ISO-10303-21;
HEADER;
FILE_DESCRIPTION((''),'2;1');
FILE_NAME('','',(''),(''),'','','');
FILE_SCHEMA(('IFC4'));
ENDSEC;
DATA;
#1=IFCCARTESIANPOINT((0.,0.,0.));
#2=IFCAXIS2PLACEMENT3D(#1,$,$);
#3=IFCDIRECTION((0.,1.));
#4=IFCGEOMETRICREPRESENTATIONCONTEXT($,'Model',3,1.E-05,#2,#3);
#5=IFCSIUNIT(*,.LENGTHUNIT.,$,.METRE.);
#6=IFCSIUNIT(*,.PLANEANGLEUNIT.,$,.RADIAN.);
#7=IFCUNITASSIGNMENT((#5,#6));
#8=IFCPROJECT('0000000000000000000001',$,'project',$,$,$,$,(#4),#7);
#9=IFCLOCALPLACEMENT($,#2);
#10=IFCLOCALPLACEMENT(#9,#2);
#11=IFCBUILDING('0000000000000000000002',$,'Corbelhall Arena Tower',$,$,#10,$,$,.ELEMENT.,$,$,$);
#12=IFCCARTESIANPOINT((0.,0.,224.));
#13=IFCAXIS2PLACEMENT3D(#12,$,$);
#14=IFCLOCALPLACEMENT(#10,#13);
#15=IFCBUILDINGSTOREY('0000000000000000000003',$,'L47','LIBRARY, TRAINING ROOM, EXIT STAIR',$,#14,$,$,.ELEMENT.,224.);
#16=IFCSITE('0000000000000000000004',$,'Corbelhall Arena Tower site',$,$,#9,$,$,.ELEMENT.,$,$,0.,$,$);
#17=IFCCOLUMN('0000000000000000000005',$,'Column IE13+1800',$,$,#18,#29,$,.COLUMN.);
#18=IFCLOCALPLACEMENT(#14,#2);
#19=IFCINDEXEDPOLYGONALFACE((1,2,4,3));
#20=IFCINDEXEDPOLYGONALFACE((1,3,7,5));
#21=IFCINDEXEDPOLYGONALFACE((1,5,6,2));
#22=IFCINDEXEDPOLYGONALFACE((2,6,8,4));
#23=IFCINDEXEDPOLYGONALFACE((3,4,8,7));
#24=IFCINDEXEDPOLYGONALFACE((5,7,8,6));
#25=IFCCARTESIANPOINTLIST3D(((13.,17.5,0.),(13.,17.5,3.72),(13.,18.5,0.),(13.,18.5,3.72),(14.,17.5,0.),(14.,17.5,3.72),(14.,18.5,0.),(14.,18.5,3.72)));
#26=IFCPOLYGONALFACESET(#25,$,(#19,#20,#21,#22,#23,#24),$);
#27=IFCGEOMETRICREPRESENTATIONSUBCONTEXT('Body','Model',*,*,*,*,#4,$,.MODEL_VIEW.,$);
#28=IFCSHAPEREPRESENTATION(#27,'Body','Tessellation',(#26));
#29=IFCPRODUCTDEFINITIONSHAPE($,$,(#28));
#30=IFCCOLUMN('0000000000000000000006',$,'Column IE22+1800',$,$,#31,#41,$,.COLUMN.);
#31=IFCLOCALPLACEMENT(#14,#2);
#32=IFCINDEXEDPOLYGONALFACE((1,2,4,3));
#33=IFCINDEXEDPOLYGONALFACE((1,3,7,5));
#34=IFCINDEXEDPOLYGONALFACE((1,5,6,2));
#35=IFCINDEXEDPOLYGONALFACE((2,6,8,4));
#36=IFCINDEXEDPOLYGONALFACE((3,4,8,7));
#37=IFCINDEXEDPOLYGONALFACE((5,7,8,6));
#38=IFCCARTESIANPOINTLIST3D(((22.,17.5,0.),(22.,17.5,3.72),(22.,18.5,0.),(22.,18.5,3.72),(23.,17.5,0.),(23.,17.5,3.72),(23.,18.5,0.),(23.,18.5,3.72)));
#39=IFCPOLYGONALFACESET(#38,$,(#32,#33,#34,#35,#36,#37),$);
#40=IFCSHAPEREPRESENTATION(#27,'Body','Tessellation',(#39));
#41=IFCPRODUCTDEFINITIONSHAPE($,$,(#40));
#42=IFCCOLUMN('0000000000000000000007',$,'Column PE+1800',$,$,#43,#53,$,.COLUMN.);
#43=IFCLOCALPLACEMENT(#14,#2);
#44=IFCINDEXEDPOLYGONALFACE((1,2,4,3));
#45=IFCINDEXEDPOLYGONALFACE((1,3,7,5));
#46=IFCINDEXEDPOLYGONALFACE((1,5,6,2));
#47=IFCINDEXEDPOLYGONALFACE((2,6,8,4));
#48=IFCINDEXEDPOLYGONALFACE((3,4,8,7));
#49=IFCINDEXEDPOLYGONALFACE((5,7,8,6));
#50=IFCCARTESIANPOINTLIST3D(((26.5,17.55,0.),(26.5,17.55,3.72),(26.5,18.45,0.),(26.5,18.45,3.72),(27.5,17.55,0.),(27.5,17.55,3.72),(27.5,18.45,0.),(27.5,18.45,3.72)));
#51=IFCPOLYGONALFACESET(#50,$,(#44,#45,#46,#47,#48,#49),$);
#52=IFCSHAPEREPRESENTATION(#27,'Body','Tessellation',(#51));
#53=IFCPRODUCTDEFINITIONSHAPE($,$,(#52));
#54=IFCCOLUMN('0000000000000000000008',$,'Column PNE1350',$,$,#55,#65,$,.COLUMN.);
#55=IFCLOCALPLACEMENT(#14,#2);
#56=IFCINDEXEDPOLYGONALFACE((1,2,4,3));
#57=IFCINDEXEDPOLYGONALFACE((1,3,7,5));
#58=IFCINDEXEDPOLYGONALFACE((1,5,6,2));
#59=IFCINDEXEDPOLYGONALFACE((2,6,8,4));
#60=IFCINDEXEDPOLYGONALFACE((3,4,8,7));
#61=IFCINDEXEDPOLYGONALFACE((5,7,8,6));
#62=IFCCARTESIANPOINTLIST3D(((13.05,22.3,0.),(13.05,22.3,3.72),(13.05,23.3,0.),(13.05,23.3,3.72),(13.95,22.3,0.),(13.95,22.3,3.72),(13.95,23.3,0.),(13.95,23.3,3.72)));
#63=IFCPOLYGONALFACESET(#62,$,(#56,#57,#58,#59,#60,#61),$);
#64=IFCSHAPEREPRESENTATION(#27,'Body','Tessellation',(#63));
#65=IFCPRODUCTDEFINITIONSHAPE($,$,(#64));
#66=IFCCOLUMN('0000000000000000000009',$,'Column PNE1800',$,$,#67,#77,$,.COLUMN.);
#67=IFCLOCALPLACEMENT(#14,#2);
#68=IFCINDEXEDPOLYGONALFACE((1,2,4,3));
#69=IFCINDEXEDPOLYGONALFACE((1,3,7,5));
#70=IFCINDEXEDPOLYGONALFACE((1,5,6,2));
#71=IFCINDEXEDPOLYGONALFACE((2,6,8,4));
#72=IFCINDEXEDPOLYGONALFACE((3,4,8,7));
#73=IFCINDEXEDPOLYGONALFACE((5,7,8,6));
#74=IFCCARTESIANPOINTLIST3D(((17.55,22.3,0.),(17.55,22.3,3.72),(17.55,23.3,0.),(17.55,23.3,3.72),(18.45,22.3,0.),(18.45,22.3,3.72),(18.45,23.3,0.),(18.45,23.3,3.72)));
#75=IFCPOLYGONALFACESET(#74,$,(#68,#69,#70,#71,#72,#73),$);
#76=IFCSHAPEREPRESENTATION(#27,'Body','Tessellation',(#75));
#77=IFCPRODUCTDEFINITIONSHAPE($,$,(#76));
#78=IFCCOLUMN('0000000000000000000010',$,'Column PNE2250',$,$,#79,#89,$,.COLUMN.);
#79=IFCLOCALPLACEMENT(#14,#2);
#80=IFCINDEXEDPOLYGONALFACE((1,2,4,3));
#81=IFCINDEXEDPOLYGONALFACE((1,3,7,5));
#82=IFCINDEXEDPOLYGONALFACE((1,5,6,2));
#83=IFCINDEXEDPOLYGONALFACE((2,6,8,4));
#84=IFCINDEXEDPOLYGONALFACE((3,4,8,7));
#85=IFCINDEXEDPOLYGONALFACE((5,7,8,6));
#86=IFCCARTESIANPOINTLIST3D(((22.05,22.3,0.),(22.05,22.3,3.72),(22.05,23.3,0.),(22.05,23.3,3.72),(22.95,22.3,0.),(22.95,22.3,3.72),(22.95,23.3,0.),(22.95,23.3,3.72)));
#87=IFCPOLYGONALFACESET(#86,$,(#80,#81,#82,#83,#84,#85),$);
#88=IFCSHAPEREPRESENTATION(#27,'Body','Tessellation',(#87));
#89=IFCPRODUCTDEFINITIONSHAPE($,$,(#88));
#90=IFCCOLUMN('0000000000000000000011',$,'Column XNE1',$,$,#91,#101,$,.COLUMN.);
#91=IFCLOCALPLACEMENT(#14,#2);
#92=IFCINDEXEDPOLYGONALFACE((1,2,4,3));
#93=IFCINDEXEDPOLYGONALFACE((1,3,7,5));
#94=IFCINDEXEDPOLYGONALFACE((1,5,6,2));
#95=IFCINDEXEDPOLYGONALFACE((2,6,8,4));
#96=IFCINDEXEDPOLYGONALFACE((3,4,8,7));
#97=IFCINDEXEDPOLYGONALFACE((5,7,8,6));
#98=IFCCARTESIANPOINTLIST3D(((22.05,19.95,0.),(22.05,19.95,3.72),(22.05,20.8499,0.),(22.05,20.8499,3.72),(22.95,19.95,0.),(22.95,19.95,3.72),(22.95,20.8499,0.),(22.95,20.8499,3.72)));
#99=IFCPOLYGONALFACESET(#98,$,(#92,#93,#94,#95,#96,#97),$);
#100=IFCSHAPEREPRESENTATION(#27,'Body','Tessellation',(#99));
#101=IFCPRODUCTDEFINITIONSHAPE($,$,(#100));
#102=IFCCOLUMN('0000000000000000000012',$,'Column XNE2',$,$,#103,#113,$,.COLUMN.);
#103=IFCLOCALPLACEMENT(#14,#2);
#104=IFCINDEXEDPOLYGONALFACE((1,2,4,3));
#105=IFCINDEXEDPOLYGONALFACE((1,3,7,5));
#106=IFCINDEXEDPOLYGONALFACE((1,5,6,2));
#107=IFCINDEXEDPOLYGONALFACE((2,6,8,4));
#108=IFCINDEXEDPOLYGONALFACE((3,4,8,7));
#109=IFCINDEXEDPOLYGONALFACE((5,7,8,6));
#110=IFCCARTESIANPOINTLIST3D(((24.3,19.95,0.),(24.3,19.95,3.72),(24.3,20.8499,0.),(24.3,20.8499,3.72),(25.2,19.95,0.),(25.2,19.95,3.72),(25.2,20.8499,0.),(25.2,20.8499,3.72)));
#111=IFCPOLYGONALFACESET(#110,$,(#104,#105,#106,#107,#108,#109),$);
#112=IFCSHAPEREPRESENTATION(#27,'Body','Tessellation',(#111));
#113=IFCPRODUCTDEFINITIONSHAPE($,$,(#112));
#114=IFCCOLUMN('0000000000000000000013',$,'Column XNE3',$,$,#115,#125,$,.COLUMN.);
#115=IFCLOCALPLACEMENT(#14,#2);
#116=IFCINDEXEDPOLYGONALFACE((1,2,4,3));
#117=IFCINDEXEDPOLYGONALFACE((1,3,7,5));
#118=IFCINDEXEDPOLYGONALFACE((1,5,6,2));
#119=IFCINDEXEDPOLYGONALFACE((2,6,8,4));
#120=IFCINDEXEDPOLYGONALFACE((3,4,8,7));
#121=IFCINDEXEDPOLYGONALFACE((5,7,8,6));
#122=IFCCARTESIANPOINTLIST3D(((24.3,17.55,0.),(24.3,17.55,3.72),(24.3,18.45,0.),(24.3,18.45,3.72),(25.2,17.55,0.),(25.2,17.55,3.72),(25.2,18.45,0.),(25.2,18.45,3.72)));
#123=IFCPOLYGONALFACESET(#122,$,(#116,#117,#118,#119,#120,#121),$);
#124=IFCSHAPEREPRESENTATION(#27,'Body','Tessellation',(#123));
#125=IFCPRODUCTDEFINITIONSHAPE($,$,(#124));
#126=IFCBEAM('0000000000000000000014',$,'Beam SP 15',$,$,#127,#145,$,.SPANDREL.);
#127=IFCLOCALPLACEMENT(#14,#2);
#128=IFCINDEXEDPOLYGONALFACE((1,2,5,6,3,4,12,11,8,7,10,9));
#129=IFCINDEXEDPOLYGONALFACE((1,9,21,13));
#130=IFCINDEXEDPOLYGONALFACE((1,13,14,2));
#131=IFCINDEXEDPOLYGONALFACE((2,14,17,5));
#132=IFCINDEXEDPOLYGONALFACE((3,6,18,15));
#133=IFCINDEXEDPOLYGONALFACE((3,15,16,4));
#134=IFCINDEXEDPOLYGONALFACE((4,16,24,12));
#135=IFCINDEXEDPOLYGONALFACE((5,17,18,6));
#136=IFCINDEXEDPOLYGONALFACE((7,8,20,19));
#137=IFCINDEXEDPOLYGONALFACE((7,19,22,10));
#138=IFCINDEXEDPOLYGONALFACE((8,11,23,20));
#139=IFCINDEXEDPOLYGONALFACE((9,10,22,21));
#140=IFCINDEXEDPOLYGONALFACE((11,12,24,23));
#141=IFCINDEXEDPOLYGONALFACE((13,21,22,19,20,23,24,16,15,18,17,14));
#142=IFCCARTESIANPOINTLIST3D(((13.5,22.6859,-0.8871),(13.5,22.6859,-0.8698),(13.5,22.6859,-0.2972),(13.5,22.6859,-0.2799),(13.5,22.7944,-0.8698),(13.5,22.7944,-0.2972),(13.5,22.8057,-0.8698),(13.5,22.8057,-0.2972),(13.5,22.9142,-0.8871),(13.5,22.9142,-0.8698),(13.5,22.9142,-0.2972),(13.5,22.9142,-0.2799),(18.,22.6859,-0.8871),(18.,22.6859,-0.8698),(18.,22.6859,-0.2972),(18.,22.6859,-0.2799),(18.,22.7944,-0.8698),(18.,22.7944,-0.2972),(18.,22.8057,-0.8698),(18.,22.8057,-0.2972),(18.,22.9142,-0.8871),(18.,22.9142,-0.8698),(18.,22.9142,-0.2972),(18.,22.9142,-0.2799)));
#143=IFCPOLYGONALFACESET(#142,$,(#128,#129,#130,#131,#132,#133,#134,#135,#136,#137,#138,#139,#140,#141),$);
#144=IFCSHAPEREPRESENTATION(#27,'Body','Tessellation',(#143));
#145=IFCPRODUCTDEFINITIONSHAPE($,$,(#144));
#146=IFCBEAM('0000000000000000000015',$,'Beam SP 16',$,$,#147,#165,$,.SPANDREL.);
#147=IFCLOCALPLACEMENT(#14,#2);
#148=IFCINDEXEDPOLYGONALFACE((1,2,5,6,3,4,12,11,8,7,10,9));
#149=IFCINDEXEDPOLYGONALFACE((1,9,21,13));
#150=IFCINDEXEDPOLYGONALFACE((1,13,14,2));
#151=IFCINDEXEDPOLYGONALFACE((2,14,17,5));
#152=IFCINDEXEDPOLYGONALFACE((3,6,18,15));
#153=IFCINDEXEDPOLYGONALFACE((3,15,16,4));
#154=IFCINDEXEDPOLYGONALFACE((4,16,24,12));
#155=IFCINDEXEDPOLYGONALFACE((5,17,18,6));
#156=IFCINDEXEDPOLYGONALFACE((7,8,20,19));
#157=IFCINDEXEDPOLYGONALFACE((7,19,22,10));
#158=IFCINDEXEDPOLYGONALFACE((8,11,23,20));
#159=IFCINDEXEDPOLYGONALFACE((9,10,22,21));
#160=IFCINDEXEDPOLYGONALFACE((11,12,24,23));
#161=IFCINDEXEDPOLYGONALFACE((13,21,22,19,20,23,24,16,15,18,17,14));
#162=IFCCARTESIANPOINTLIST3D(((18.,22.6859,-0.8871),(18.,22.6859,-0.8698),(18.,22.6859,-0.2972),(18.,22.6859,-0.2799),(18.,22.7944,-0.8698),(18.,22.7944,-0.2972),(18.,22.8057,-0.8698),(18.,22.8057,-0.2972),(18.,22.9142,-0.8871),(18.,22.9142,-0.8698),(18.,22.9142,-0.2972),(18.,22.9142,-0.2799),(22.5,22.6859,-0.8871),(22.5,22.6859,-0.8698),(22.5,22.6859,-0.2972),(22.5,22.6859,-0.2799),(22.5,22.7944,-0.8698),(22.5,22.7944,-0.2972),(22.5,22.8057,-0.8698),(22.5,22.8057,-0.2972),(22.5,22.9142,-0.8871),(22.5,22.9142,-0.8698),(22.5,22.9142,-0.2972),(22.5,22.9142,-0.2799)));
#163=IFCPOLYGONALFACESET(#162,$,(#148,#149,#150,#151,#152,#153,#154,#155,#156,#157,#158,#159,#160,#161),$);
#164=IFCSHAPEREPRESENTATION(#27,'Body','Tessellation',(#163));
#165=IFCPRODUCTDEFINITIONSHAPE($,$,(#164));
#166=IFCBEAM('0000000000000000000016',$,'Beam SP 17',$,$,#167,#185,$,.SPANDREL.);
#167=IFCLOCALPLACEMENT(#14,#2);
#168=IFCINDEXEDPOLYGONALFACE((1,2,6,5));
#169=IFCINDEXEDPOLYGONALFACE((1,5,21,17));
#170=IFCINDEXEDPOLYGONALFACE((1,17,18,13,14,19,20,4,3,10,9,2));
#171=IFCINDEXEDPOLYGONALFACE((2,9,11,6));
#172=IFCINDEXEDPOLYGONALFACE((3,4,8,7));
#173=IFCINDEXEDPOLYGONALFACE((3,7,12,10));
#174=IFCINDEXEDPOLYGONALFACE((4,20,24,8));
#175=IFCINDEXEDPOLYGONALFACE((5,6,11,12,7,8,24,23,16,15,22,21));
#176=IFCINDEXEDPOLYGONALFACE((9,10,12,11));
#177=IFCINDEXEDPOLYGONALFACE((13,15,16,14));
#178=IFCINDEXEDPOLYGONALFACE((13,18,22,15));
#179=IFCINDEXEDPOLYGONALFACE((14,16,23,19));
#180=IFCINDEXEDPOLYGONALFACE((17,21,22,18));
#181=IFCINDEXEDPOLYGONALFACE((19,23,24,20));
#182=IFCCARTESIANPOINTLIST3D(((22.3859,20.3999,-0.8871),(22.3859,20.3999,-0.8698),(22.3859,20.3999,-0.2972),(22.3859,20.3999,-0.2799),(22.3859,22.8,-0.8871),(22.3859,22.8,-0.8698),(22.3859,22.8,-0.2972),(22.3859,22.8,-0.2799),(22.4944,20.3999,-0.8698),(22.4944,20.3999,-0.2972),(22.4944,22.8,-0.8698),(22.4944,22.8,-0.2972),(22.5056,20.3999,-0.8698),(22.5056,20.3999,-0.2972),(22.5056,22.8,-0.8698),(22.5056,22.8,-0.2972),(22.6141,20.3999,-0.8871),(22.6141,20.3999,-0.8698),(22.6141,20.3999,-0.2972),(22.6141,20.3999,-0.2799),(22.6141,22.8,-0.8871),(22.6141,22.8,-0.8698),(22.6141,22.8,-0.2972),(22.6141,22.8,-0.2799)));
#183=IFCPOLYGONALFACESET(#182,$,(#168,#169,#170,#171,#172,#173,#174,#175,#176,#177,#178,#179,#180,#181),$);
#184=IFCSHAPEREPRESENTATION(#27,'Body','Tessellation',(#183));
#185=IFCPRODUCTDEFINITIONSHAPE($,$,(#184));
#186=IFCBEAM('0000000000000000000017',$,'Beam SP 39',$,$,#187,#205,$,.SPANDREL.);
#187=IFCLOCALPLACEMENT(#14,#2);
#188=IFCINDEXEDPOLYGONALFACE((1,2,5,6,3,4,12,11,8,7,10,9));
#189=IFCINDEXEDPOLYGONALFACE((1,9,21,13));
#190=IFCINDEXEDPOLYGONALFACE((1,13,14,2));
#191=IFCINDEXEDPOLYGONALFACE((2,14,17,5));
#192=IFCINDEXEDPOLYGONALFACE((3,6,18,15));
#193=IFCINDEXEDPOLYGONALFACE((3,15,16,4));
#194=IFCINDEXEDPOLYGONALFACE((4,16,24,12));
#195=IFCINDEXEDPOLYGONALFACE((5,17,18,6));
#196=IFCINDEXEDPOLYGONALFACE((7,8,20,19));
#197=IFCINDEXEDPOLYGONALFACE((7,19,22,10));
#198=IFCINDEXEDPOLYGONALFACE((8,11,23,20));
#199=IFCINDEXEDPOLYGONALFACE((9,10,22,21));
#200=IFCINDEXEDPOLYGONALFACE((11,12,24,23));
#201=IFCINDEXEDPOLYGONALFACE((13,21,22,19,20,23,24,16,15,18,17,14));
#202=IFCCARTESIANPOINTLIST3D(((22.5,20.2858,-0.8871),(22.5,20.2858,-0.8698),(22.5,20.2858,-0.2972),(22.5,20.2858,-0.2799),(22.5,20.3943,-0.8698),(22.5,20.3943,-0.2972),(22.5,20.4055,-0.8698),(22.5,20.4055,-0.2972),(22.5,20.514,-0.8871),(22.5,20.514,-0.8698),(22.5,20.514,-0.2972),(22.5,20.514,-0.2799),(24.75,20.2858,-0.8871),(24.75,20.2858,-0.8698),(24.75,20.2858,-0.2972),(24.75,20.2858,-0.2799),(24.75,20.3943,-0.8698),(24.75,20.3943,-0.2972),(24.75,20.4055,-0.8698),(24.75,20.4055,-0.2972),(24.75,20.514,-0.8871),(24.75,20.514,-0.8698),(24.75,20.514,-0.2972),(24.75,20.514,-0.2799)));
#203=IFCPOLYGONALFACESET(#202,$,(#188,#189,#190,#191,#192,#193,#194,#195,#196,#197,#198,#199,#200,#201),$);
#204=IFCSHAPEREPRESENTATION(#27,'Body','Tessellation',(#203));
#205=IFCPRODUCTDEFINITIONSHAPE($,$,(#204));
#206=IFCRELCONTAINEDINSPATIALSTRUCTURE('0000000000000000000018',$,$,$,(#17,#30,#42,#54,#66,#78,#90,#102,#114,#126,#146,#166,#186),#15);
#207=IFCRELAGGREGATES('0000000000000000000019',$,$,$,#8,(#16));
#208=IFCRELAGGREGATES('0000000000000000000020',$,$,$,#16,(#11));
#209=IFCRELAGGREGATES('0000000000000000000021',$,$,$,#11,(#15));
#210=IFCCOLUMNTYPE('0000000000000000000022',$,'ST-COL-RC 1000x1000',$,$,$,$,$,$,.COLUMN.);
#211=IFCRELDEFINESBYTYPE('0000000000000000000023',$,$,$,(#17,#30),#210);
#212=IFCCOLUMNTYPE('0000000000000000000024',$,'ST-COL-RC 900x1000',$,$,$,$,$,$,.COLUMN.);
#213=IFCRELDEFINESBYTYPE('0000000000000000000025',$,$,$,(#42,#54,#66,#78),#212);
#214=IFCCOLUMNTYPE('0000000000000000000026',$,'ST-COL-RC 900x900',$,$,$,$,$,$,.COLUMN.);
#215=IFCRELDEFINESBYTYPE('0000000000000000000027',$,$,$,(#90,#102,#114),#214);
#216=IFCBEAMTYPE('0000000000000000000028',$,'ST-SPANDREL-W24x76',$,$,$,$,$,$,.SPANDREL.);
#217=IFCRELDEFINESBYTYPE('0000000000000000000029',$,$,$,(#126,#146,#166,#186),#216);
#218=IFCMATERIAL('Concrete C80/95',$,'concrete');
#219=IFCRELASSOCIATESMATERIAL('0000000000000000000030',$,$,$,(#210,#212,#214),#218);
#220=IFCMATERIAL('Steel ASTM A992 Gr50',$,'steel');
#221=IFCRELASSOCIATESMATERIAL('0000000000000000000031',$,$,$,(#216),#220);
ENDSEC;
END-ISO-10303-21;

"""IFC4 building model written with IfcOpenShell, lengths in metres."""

from ifc_helpers import new_model, si_unit, direction, frame, origin, origin_2d, place, context, subcontext, project, spatial, rectangle, i_section, extrude, material, material_profile, profile_set, type_object, element, save


model = new_model("IFC4")

# Units and contexts
model_context = context("Model", 3, precision=1e-05, world=origin(), true_north=direction((0.0, 1.0)))
body_context = subcontext(model_context, "Body", "Model", "MODEL_VIEW")
ifc_project = project(units=[si_unit("LENGTHUNIT", "METRE"), si_unit("PLANEANGLEUNIT", "RADIAN")], contexts=[model_context])

# Site, building, storey
site_placement = place(None, origin())
site = spatial("IfcSite", under=ifc_project, at=site_placement, Name="Corbelhall Arena Tower site", CompositionType="ELEMENT", RefElevation=0.0)
building_placement = place(site_placement, origin())
building = spatial("IfcBuilding", under=site, at=building_placement, Name="Corbelhall Arena Tower", CompositionType="ELEMENT")
storey_placement = place(building_placement, frame((0.0, 0.0, 224.0)))
storey = spatial("IfcBuildingStorey", under=building, at=storey_placement, Name="L47", Description="LIBRARY, TRAINING ROOM, EXIT STAIR", CompositionType="ELEMENT", Elevation=224.0)

# Columns
ifc_material_1 = material(Name="Concrete C80/95", Category="concrete")
ifc_material_profile_1 = material_profile(ifc_material_1, rectangle(XDim=1.0, YDim=1.0, at=origin_2d()))
ifc_profile_set_1 = profile_set([ifc_material_profile_1], Name="Concrete C80/95")
column_type_1 = type_object("IfcColumnType", Name="ST-COL-RC 1000x1000", PredefinedType="COLUMN", material=ifc_profile_set_1)
for number, where, z_axis, x_axis, name in (
    (1, (13.5, 18.0, 0.0), (0.0, 0.0, 1.0), (1.0, 0.0, 0.0), "Column IE13+1800"),
    (2, (22.5, 18.0, 0.0), (0.0, 0.0, 1.0), (1.0, 0.0, 0.0), "Column IE22+1800"),
):
    element("IfcColumn", number, at=place(storey_placement, frame(where, z_axis=z_axis, x_axis=x_axis)), inside=storey, type_object=column_type_1, Name=name, PredefinedType="COLUMN", context=body_context, shape_type="SweptSolid", body=[
        extrude(rectangle(XDim=1.0, YDim=1.0, at=origin_2d()), origin(), (0.0, 0.0, 1.0), 3.72),
    ])
ifc_material_profile_2 = material_profile(ifc_material_1, rectangle(XDim=0.8999, YDim=1.0, at=origin_2d()))
ifc_profile_set_2 = profile_set([ifc_material_profile_2], Name="Concrete C80/95")
column_type_2 = type_object("IfcColumnType", Name="ST-COL-RC 900x1000", PredefinedType="COLUMN", material=ifc_profile_set_2)
for number, where, z_axis, x_axis, name in (
    (3, (27.0, 18.0, 0.0), (0.0, 0.0, 1.0), (0.0, 1.0, 0.0), "Column PE+1800"),
    (4, (13.5, 22.8, 0.0), (0.0, 0.0, 1.0), (1.0, 0.0, 0.0), "Column PNE1350"),
    (5, (18.0, 22.8, 0.0), (0.0, 0.0, 1.0), (1.0, 0.0, 0.0), "Column PNE1800"),
    (6, (22.5, 22.8, 0.0), (0.0, 0.0, 1.0), (1.0, 0.0, 0.0), "Column PNE2250"),
):
    element("IfcColumn", number, at=place(storey_placement, frame(where, z_axis=z_axis, x_axis=x_axis)), inside=storey, type_object=column_type_2, Name=name, PredefinedType="COLUMN", context=body_context, shape_type="SweptSolid", body=[
        extrude(rectangle(XDim=0.8999, YDim=1.0, at=origin_2d()), origin(), (0.0, 0.0, 1.0), 3.72),
    ])
ifc_material_profile_3 = material_profile(ifc_material_1, rectangle(XDim=0.8999, YDim=0.8999, at=origin_2d()))
ifc_profile_set_3 = profile_set([ifc_material_profile_3], Name="Concrete C80/95")
column_type_3 = type_object("IfcColumnType", Name="ST-COL-RC 900x900", PredefinedType="COLUMN", material=ifc_profile_set_3)
for number, where, z_axis, x_axis, name in (
    (7, (22.5, 20.3999, 0.0), (0.0, 0.0, 1.0), (1.0, 0.0, 0.0), "Column XNE1"),
    (8, (24.75, 20.3999, 0.0), (0.0, 0.0, 1.0), (1.0, 0.0, 0.0), "Column XNE2"),
    (9, (24.75, 18.0, 0.0), (0.0, 0.0, 1.0), (1.0, 0.0, 0.0), "Column XNE3"),
):
    element("IfcColumn", number, at=place(storey_placement, frame(where, z_axis=z_axis, x_axis=x_axis)), inside=storey, type_object=column_type_3, Name=name, PredefinedType="COLUMN", context=body_context, shape_type="SweptSolid", body=[
        extrude(rectangle(XDim=0.8999, YDim=0.8999, at=origin_2d()), origin(), (0.0, 0.0, 1.0), 3.72),
    ])

# Beams
ifc_material_2 = material(Name="Steel ASTM A992 Gr50", Category="steel")
ifc_material_profile_4 = material_profile(ifc_material_2, i_section(OverallWidth=0.2283, OverallDepth=0.6072, WebThickness=0.0112, FlangeThickness=0.0173, at=origin_2d()))
ifc_profile_set_4 = profile_set([ifc_material_profile_4], Name="Steel ASTM A992 Gr50")
beam_type_1 = type_object("IfcBeamType", Name="ST-SPANDREL-W24x76", PredefinedType="SPANDREL", material=ifc_profile_set_4)
for number, where, z_axis, x_axis, name in (
    (10, (13.5, 22.8, -0.5835), (1.0, 0.0, 0.0), (0.0, 1.0, 0.0), "Beam SP 15"),
    (11, (18.0, 22.8, -0.5835), (1.0, 0.0, 0.0), (0.0, 1.0, 0.0), "Beam SP 16"),
):
    element("IfcBeam", number, at=place(storey_placement, frame(where, z_axis=z_axis, x_axis=x_axis)), inside=storey, type_object=beam_type_1, Name=name, PredefinedType="SPANDREL", context=body_context, shape_type="SweptSolid", body=[
        extrude(i_section(OverallWidth=0.2283, OverallDepth=0.6072, WebThickness=0.0112, FlangeThickness=0.0173, at=origin_2d()), origin(), (0.0, 0.0, 1.0), 4.5),
    ])
beam_1_placement = place(storey_placement, frame((22.5, 22.8, -0.5835), z_axis=(0.0, -1.0, 0.0), x_axis=(1.0, 0.0, 0.0)))
element("IfcBeam", 12, at=beam_1_placement, inside=storey, type_object=beam_type_1, Name="Beam SP 17", PredefinedType="SPANDREL", context=body_context, shape_type="SweptSolid", body=[
    extrude(i_section(OverallWidth=0.2283, OverallDepth=0.6072, WebThickness=0.0112, FlangeThickness=0.0173, at=origin_2d()), origin(), (0.0, 0.0, 1.0), 2.4001),
])
beam_2_placement = place(storey_placement, frame((22.5, 20.3999, -0.5835), z_axis=(1.0, 0.0, 0.0), x_axis=(0.0, 1.0, 0.0)))
element("IfcBeam", 13, at=beam_2_placement, inside=storey, type_object=beam_type_1, Name="Beam SP 39", PredefinedType="SPANDREL", context=body_context, shape_type="SweptSolid", body=[
    extrude(i_section(OverallWidth=0.2283, OverallDepth=0.6072, WebThickness=0.0112, FlangeThickness=0.0173, at=origin_2d()), origin(), (0.0, 0.0, 1.0), 2.25),
])

save(model, "model.ifc")
